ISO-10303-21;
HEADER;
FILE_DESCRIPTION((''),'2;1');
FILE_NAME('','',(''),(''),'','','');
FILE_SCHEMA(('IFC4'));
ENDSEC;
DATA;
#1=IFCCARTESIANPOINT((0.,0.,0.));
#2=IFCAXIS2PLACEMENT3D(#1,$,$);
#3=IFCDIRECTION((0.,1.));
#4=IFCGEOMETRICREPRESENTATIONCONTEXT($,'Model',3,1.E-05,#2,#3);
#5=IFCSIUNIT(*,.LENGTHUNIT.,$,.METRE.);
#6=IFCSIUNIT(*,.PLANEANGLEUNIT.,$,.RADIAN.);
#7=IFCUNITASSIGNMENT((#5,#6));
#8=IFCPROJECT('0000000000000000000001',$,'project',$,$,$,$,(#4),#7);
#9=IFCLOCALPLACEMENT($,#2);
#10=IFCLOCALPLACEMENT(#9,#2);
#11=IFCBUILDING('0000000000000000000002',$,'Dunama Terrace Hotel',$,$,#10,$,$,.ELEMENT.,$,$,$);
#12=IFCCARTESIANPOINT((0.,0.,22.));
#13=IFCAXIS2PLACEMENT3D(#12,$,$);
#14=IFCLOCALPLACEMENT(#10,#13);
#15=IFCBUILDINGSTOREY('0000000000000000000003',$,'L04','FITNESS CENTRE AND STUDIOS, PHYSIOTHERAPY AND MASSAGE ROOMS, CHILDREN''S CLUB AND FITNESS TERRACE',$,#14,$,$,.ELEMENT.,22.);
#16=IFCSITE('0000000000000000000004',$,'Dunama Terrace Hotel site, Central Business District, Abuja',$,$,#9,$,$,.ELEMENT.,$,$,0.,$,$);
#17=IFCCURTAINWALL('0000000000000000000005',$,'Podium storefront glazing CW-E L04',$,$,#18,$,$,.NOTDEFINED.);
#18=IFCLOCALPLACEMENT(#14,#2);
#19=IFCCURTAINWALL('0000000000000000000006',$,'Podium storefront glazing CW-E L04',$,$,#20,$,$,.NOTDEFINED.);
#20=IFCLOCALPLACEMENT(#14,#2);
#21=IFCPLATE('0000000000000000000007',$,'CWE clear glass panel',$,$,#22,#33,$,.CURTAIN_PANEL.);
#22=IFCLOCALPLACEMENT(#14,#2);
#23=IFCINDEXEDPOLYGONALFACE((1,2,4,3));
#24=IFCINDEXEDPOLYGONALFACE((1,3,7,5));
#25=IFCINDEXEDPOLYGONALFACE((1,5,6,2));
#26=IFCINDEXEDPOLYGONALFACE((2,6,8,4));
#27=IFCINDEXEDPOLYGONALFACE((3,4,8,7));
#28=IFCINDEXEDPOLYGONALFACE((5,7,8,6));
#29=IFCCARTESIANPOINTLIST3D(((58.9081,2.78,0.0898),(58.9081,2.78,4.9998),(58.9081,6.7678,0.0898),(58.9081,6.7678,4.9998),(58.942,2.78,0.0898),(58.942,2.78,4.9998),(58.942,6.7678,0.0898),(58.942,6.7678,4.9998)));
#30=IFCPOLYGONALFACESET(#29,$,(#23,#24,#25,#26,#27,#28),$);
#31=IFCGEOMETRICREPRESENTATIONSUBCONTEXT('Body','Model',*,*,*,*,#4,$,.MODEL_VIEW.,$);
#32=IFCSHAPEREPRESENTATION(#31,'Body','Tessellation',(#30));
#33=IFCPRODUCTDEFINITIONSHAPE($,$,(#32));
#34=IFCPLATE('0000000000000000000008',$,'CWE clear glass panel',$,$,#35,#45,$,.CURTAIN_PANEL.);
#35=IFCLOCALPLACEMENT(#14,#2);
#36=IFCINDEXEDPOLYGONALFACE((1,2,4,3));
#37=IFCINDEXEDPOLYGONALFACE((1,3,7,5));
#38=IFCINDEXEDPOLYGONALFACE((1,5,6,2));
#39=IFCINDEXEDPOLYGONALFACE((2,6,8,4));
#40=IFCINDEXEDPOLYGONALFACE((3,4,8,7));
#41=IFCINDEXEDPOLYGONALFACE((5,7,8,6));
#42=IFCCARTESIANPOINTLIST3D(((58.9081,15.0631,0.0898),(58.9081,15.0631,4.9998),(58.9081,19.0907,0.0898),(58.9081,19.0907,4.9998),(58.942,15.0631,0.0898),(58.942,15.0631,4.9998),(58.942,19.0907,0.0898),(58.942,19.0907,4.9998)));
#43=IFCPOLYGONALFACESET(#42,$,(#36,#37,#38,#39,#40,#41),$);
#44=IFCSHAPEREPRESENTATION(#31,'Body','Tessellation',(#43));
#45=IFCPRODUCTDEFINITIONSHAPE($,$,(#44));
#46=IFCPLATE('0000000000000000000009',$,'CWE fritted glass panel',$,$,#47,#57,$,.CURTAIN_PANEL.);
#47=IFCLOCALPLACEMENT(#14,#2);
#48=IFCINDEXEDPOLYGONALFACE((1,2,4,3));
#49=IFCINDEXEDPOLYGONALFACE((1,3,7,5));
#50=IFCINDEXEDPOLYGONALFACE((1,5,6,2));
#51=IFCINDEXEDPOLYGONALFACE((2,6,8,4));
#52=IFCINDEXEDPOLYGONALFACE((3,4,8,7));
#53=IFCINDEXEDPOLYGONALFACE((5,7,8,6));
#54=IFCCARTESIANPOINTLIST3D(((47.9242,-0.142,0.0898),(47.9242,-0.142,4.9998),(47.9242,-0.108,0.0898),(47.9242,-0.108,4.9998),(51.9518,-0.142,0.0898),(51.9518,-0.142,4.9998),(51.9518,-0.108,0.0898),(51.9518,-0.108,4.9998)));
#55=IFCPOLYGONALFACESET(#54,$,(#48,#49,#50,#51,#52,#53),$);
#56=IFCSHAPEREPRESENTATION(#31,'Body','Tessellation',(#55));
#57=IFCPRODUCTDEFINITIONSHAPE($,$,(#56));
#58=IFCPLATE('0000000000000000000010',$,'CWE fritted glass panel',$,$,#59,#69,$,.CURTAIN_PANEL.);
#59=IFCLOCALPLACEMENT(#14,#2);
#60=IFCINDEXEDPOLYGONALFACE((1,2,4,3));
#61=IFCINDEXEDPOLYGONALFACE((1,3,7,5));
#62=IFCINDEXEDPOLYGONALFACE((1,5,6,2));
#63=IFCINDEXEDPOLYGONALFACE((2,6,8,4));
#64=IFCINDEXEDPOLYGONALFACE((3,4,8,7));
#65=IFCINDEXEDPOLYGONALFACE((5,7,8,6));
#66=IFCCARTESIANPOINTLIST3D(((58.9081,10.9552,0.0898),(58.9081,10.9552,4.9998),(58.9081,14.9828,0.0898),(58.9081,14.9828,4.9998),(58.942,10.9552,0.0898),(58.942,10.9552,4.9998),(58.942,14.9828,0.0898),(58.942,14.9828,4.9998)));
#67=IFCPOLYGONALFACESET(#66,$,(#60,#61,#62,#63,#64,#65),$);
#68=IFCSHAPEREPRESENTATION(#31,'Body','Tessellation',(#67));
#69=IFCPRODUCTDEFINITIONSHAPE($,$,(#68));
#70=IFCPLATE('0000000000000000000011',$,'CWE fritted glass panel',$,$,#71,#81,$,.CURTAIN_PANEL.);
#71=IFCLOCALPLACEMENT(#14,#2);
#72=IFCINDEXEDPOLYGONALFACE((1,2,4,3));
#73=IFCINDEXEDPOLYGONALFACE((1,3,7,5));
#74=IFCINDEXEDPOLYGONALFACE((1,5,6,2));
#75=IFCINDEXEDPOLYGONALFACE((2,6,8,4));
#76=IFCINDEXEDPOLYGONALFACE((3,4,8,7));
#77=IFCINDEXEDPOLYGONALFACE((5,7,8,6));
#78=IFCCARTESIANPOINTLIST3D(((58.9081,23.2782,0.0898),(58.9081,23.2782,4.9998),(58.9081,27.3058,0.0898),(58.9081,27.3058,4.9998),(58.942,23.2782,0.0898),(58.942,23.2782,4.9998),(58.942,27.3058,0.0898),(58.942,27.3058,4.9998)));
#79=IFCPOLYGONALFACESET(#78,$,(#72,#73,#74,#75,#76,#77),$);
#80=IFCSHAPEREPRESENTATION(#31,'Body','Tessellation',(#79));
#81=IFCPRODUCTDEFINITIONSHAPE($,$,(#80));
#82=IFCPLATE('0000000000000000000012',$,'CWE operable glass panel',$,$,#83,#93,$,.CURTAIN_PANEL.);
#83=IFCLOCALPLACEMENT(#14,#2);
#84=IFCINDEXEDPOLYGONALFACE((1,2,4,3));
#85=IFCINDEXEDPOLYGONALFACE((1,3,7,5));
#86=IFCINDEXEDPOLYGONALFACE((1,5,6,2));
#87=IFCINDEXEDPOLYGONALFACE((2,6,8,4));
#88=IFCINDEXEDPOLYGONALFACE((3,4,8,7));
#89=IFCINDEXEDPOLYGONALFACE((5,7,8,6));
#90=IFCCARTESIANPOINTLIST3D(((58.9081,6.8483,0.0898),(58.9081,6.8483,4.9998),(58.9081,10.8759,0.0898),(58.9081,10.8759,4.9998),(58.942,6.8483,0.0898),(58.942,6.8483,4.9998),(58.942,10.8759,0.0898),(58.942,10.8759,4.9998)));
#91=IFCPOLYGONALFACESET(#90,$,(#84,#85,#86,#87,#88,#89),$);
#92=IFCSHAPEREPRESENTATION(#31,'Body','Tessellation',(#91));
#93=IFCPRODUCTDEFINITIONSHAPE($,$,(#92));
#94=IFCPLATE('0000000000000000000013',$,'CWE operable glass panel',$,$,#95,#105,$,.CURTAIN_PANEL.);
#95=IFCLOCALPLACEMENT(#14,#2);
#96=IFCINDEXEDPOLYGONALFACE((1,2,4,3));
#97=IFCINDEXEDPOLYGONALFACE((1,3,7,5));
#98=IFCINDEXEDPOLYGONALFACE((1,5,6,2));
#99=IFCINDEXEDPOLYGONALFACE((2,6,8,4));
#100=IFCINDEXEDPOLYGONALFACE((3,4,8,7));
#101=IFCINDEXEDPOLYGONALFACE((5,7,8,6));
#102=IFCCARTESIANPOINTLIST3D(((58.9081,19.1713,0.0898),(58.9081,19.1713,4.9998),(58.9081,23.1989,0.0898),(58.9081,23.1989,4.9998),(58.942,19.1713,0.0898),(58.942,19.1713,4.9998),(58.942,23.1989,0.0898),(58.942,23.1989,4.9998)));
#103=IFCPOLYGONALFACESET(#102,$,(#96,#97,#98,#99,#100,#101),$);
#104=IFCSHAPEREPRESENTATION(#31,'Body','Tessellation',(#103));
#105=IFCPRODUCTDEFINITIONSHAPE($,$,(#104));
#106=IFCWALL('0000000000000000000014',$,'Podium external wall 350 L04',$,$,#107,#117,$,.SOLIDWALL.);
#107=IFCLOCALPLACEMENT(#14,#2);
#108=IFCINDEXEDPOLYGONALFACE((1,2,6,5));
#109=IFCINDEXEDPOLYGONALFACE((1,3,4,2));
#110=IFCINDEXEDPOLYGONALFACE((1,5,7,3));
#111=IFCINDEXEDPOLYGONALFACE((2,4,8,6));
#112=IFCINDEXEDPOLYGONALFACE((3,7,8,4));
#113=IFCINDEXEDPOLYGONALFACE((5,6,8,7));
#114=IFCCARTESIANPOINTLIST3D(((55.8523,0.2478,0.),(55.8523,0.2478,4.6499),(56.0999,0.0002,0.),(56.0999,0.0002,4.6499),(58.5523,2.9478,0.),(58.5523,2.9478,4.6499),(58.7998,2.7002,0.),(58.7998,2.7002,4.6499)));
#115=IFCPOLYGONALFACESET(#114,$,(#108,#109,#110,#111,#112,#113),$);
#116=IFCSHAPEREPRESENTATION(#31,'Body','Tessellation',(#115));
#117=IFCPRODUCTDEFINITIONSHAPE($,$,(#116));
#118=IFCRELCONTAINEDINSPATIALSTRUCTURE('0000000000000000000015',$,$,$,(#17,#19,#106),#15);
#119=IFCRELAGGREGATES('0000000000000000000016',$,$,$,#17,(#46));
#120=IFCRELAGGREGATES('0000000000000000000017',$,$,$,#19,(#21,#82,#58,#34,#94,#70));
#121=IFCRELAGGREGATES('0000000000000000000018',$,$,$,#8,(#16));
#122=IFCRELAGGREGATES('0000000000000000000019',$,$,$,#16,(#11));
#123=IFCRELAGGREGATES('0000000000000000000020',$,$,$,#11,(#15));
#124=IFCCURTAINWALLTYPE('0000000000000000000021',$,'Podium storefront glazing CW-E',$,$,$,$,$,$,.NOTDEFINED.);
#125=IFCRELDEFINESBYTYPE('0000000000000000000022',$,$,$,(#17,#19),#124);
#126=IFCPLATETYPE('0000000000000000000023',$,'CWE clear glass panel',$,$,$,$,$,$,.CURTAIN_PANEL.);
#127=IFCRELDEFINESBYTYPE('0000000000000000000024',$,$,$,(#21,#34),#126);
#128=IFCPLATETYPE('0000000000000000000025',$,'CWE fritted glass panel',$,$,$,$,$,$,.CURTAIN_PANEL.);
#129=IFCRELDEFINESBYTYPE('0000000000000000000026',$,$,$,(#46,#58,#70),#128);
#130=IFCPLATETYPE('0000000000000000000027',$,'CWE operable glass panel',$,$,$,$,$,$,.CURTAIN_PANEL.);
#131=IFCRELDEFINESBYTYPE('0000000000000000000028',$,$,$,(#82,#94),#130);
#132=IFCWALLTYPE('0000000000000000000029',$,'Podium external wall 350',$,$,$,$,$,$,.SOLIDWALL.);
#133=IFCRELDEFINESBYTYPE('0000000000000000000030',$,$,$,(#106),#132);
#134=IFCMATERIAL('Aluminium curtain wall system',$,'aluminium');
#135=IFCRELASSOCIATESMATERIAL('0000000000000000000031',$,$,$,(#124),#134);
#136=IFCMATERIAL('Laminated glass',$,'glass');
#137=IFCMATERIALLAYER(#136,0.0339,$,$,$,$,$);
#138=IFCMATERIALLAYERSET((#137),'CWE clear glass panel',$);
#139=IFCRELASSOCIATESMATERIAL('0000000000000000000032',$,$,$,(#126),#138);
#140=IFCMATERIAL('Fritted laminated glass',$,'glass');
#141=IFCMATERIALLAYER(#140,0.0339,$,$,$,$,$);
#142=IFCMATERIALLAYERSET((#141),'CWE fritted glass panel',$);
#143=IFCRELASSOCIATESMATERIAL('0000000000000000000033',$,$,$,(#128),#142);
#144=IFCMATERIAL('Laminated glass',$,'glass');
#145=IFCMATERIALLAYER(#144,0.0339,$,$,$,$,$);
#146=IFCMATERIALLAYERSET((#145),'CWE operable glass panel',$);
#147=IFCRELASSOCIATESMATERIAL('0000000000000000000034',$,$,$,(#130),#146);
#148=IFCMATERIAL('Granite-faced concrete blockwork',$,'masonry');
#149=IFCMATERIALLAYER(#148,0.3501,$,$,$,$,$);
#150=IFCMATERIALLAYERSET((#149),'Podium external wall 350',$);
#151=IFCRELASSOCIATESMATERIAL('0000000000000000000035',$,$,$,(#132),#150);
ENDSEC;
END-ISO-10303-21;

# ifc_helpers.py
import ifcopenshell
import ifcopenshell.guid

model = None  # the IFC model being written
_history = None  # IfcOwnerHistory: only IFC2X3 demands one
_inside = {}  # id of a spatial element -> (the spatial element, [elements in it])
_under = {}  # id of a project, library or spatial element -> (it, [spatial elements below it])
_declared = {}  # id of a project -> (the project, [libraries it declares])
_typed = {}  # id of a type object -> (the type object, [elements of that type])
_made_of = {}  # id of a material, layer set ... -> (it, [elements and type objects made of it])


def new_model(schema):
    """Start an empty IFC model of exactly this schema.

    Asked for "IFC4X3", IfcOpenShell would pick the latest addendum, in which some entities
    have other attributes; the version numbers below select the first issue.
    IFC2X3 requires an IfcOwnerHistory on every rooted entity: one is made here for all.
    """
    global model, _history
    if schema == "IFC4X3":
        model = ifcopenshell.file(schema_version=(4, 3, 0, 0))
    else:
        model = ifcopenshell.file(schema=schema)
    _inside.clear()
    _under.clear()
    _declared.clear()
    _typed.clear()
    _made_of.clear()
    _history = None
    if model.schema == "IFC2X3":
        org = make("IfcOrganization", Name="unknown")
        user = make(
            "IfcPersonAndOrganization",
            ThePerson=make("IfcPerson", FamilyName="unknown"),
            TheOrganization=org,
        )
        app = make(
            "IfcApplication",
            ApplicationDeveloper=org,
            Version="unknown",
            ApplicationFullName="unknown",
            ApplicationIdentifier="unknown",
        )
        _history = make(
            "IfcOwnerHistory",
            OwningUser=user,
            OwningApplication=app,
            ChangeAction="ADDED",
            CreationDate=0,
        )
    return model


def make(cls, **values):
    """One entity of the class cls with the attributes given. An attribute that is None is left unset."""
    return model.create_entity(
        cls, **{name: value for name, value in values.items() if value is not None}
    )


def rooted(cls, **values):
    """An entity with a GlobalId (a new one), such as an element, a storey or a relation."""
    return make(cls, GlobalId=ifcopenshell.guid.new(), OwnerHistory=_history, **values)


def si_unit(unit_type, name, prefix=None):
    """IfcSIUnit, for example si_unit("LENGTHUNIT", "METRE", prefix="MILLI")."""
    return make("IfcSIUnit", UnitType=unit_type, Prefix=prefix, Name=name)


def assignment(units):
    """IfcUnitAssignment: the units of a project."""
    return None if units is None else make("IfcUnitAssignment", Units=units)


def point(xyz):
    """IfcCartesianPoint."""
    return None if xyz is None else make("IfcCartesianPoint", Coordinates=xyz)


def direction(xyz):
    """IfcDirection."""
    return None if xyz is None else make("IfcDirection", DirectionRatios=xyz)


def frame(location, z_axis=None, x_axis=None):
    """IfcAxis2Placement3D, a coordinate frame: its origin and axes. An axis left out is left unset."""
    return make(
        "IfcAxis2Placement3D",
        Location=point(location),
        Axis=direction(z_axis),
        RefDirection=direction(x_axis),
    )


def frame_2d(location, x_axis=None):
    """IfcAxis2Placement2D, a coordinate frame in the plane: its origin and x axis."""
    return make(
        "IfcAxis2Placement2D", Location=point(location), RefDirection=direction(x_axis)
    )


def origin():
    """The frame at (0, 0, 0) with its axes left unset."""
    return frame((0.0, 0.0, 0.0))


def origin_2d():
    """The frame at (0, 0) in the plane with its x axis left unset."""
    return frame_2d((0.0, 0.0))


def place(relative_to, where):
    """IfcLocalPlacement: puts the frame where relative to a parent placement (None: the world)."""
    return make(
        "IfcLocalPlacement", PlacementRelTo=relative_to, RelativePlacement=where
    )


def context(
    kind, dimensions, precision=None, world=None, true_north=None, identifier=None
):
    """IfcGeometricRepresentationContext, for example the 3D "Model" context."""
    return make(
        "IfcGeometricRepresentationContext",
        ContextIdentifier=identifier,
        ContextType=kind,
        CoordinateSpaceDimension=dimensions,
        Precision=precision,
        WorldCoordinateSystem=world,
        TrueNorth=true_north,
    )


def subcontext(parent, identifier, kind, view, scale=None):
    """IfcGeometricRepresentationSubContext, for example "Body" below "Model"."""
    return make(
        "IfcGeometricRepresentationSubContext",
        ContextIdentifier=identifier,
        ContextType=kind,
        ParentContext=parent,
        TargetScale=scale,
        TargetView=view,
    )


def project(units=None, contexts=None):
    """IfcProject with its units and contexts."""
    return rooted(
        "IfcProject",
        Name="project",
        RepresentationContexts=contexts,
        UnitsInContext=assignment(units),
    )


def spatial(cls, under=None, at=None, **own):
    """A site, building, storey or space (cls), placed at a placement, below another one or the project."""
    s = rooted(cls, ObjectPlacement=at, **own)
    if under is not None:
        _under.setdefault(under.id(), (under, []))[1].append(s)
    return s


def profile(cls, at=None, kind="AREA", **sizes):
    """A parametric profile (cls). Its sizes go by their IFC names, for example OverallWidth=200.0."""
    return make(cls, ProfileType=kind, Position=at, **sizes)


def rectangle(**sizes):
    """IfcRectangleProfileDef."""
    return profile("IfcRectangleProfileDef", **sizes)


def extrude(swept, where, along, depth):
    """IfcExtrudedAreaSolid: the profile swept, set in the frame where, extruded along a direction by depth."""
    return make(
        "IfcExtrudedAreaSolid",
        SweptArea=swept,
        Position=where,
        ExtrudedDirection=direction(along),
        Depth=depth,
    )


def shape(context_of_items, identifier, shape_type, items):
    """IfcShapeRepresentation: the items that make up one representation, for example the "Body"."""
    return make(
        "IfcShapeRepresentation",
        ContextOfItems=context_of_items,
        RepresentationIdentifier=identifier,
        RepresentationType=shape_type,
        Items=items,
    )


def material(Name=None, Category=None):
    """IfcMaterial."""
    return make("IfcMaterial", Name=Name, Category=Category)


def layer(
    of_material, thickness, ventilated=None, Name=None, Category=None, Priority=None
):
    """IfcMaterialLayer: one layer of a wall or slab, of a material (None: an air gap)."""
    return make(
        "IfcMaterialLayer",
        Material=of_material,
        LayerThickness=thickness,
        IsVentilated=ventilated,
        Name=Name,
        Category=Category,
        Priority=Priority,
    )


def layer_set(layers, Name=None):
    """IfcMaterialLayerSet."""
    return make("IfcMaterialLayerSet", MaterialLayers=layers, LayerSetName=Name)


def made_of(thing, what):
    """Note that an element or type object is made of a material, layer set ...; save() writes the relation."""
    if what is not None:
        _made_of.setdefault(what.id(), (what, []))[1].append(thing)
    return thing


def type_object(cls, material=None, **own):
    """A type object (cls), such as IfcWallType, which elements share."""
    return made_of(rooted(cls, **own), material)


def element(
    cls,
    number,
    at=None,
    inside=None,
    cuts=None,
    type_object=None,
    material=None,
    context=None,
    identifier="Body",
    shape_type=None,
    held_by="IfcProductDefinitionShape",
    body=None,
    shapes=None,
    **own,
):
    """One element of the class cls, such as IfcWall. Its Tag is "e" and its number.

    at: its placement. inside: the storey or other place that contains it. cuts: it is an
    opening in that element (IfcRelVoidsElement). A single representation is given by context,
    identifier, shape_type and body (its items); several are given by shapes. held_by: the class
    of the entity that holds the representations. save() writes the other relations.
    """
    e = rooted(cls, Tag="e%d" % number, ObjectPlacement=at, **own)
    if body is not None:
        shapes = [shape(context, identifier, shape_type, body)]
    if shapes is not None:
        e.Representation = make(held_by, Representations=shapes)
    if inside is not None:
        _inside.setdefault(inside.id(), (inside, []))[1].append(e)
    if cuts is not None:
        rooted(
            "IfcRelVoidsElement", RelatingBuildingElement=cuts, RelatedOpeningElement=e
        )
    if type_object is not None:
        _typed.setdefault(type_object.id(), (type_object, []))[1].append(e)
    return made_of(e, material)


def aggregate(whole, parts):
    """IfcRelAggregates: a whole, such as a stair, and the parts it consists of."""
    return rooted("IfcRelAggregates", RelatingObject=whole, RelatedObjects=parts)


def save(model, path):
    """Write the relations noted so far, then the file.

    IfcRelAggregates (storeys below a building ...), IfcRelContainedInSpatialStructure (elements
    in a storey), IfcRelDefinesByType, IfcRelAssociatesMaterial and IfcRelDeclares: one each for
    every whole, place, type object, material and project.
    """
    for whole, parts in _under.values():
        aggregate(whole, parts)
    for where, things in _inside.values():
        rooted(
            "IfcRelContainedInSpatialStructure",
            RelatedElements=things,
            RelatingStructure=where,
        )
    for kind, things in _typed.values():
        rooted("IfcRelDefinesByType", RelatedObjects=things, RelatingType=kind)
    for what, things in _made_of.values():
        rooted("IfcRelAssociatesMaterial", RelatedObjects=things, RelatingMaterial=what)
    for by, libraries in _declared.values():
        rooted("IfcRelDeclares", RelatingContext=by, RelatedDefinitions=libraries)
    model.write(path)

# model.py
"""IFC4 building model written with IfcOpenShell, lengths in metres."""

from ifc_helpers import new_model, si_unit, direction, frame, frame_2d, origin, origin_2d, place, context, subcontext, project, spatial, rectangle, extrude, material, layer, layer_set, type_object, element, aggregate, save


model = new_model("IFC4")

# Units and contexts
model_context = context("Model", 3, precision=1e-05, world=origin(), true_north=direction((0.0, 1.0)))
body_context = subcontext(model_context, "Body", "Model", "MODEL_VIEW")
ifc_project = project(units=[si_unit("LENGTHUNIT", "METRE"), si_unit("PLANEANGLEUNIT", "RADIAN")], contexts=[model_context])

# Site, building, storey
site_placement = place(None, origin())
site = spatial("IfcSite", under=ifc_project, at=site_placement, Name="Dunama Terrace Hotel site, Central Business District, Abuja", CompositionType="ELEMENT", RefElevation=0.0)
building_placement = place(site_placement, origin())
building = spatial("IfcBuilding", under=site, at=building_placement, Name="Dunama Terrace Hotel", CompositionType="ELEMENT")
storey_placement = place(building_placement, frame((0.0, 0.0, 22.0)))
storey = spatial("IfcBuildingStorey", under=building, at=storey_placement, Name="L04", Description="FITNESS CENTRE AND STUDIOS, PHYSIOTHERAPY AND MASSAGE ROOMS, CHILDREN'S CLUB AND FITNESS TERRACE", CompositionType="ELEMENT", Elevation=22.0)

# Curtain walls
ifc_material_1 = material(Name="Aluminium curtain wall system", Category="aluminium")
curtain_wall_type = type_object("IfcCurtainWallType", Name="Podium storefront glazing CW-E", PredefinedType="NOTDEFINED", material=ifc_material_1)
curtain_wall_1_placement = place(storey_placement, origin())
curtain_wall_1 = element("IfcCurtainWall", 1, at=curtain_wall_1_placement, inside=storey, type_object=curtain_wall_type, Name="Podium storefront glazing CW-E L04", PredefinedType="NOTDEFINED")
curtain_wall_2_placement = place(storey_placement, origin())
curtain_wall_2 = element("IfcCurtainWall", 2, at=curtain_wall_2_placement, inside=storey, type_object=curtain_wall_type, Name="Podium storefront glazing CW-E L04", PredefinedType="NOTDEFINED")

# Plates
ifc_material_2 = material(Name="Laminated glass", Category="glass")
ifc_layer_1 = layer(ifc_material_2, 0.0339)
ifc_layer_set_1 = layer_set([ifc_layer_1], Name="CWE clear glass panel")
plate_type_1 = type_object("IfcPlateType", Name="CWE clear glass panel", PredefinedType="CURTAIN_PANEL", material=ifc_layer_set_1)
plate_1_placement = place(storey_placement, frame((58.925, 4.7739, 0.0898), z_axis=(0.0, 0.0, 1.0), x_axis=(0.0, 1.0, 0.0)))
plate_1 = element("IfcPlate", 3, at=plate_1_placement, type_object=plate_type_1, Name="CWE clear glass panel", PredefinedType="CURTAIN_PANEL", context=body_context, shape_type="SweptSolid", body=[
    extrude(rectangle(XDim=3.9878, YDim=0.0339, at=origin_2d()), origin(), (0.0, 0.0, 1.0), 4.9099),
])
plate_2_placement = place(storey_placement, frame((58.925, 17.0769, 0.0898), z_axis=(0.0, 0.0, 1.0), x_axis=(0.0, 1.0, 0.0)))
plate_2 = element("IfcPlate", 4, at=plate_2_placement, type_object=plate_type_1, Name="CWE clear glass panel", PredefinedType="CURTAIN_PANEL", context=body_context, shape_type="SweptSolid", body=[
    extrude(rectangle(XDim=4.0276, YDim=0.0339, at=origin_2d()), origin(), (0.0, 0.0, 1.0), 4.9099),
])
ifc_material_3 = material(Name="Fritted laminated glass", Category="glass")
ifc_layer_2 = layer(ifc_material_3, 0.0339)
ifc_layer_set_2 = layer_set([ifc_layer_2], Name="CWE fritted glass panel")
plate_type_2 = type_object("IfcPlateType", Name="CWE fritted glass panel", PredefinedType="CURTAIN_PANEL", material=ifc_layer_set_2)
plate_3_placement = place(storey_placement, frame((49.938, -0.125, 0.0898), z_axis=(0.0, 0.0, 1.0), x_axis=(1.0, 0.0, 0.0)))
plate_3 = element("IfcPlate", 5, at=plate_3_placement, type_object=plate_type_2, Name="CWE fritted glass panel", PredefinedType="CURTAIN_PANEL", context=body_context, shape_type="SweptSolid", body=[
    extrude(rectangle(XDim=4.0276, YDim=0.0339, at=origin_2d()), origin(), (0.0, 0.0, 1.0), 4.9099),
])
aggregate(curtain_wall_1, [plate_3])
plate_4_placement = place(storey_placement, frame((58.925, 12.969, 0.0898), z_axis=(0.0, 0.0, 1.0), x_axis=(0.0, 1.0, 0.0)))
plate_4 = element("IfcPlate", 6, at=plate_4_placement, type_object=plate_type_2, Name="CWE fritted glass panel", PredefinedType="CURTAIN_PANEL", context=body_context, shape_type="SweptSolid", body=[
    extrude(rectangle(XDim=4.0276, YDim=0.0339, at=origin_2d()), origin(), (0.0, 0.0, 1.0), 4.9099),
])
plate_5_placement = place(storey_placement, frame((58.925, 25.292, 0.0898), z_axis=(0.0, 0.0, 1.0), x_axis=(0.0, 1.0, 0.0)))
plate_5 = element("IfcPlate", 7, at=plate_5_placement, type_object=plate_type_2, Name="CWE fritted glass panel", PredefinedType="CURTAIN_PANEL", context=body_context, shape_type="SweptSolid", body=[
    extrude(rectangle(XDim=4.0276, YDim=0.0339, at=origin_2d()), origin(), (0.0, 0.0, 1.0), 4.9099),
])
ifc_material_4 = material(Name="Laminated glass", Category="glass")
ifc_layer_3 = layer(ifc_material_4, 0.0339)
ifc_layer_set_3 = layer_set([ifc_layer_3], Name="CWE operable glass panel")
plate_type_3 = type_object("IfcPlateType", Name="CWE operable glass panel", PredefinedType="CURTAIN_PANEL", material=ifc_layer_set_3)
plate_6_placement = place(storey_placement, frame((58.925, 8.8621, 0.0898), z_axis=(0.0, 0.0, 1.0), x_axis=(0.0, 1.0, 0.0)))
plate_6 = element("IfcPlate", 8, at=plate_6_placement, type_object=plate_type_3, Name="CWE operable glass panel", PredefinedType="CURTAIN_PANEL", context=body_context, shape_type="SweptSolid", body=[
    extrude(rectangle(XDim=4.0276, YDim=0.0339, at=origin_2d()), origin(), (0.0, 0.0, 1.0), 4.9099),
])
plate_7_placement = place(storey_placement, frame((58.925, 21.1851, 0.0898), z_axis=(0.0, 0.0, 1.0), x_axis=(0.0, 1.0, 0.0)))
plate_7 = element("IfcPlate", 9, at=plate_7_placement, type_object=plate_type_3, Name="CWE operable glass panel", PredefinedType="CURTAIN_PANEL", context=body_context, shape_type="SweptSolid", body=[
    extrude(rectangle(XDim=4.0276, YDim=0.0339, at=origin_2d()), origin(), (0.0, 0.0, 1.0), 4.9099),
])
aggregate(curtain_wall_2, [plate_1, plate_6, plate_4, plate_2, plate_7, plate_5])

# Wall
ifc_material_5 = material(Name="Granite-faced concrete blockwork", Category="masonry")
ifc_layer_4 = layer(ifc_material_5, 0.3501)
ifc_layer_set_4 = layer_set([ifc_layer_4], Name="Podium external wall 350")
wall_type = type_object("IfcWallType", Name="Podium external wall 350", PredefinedType="SOLIDWALL", material=ifc_layer_set_4)
wall_placement = place(storey_placement, frame((55.9761, 0.124, 0.0), z_axis=(0.0, 0.0, 1.0), x_axis=(0.707107, 0.707107, 0.0)))
element("IfcWall", 10, at=wall_placement, inside=storey, type_object=wall_type, Name="Podium external wall 350 L04", PredefinedType="SOLIDWALL", context=body_context, shape_type="SweptSolid", body=[
    extrude(rectangle(XDim=3.8184, YDim=0.3501, at=frame_2d((1.9092, 0.0))), origin(), (0.0, 0.0, 1.0), 4.6499),
])

save(model, "model.ifc")
